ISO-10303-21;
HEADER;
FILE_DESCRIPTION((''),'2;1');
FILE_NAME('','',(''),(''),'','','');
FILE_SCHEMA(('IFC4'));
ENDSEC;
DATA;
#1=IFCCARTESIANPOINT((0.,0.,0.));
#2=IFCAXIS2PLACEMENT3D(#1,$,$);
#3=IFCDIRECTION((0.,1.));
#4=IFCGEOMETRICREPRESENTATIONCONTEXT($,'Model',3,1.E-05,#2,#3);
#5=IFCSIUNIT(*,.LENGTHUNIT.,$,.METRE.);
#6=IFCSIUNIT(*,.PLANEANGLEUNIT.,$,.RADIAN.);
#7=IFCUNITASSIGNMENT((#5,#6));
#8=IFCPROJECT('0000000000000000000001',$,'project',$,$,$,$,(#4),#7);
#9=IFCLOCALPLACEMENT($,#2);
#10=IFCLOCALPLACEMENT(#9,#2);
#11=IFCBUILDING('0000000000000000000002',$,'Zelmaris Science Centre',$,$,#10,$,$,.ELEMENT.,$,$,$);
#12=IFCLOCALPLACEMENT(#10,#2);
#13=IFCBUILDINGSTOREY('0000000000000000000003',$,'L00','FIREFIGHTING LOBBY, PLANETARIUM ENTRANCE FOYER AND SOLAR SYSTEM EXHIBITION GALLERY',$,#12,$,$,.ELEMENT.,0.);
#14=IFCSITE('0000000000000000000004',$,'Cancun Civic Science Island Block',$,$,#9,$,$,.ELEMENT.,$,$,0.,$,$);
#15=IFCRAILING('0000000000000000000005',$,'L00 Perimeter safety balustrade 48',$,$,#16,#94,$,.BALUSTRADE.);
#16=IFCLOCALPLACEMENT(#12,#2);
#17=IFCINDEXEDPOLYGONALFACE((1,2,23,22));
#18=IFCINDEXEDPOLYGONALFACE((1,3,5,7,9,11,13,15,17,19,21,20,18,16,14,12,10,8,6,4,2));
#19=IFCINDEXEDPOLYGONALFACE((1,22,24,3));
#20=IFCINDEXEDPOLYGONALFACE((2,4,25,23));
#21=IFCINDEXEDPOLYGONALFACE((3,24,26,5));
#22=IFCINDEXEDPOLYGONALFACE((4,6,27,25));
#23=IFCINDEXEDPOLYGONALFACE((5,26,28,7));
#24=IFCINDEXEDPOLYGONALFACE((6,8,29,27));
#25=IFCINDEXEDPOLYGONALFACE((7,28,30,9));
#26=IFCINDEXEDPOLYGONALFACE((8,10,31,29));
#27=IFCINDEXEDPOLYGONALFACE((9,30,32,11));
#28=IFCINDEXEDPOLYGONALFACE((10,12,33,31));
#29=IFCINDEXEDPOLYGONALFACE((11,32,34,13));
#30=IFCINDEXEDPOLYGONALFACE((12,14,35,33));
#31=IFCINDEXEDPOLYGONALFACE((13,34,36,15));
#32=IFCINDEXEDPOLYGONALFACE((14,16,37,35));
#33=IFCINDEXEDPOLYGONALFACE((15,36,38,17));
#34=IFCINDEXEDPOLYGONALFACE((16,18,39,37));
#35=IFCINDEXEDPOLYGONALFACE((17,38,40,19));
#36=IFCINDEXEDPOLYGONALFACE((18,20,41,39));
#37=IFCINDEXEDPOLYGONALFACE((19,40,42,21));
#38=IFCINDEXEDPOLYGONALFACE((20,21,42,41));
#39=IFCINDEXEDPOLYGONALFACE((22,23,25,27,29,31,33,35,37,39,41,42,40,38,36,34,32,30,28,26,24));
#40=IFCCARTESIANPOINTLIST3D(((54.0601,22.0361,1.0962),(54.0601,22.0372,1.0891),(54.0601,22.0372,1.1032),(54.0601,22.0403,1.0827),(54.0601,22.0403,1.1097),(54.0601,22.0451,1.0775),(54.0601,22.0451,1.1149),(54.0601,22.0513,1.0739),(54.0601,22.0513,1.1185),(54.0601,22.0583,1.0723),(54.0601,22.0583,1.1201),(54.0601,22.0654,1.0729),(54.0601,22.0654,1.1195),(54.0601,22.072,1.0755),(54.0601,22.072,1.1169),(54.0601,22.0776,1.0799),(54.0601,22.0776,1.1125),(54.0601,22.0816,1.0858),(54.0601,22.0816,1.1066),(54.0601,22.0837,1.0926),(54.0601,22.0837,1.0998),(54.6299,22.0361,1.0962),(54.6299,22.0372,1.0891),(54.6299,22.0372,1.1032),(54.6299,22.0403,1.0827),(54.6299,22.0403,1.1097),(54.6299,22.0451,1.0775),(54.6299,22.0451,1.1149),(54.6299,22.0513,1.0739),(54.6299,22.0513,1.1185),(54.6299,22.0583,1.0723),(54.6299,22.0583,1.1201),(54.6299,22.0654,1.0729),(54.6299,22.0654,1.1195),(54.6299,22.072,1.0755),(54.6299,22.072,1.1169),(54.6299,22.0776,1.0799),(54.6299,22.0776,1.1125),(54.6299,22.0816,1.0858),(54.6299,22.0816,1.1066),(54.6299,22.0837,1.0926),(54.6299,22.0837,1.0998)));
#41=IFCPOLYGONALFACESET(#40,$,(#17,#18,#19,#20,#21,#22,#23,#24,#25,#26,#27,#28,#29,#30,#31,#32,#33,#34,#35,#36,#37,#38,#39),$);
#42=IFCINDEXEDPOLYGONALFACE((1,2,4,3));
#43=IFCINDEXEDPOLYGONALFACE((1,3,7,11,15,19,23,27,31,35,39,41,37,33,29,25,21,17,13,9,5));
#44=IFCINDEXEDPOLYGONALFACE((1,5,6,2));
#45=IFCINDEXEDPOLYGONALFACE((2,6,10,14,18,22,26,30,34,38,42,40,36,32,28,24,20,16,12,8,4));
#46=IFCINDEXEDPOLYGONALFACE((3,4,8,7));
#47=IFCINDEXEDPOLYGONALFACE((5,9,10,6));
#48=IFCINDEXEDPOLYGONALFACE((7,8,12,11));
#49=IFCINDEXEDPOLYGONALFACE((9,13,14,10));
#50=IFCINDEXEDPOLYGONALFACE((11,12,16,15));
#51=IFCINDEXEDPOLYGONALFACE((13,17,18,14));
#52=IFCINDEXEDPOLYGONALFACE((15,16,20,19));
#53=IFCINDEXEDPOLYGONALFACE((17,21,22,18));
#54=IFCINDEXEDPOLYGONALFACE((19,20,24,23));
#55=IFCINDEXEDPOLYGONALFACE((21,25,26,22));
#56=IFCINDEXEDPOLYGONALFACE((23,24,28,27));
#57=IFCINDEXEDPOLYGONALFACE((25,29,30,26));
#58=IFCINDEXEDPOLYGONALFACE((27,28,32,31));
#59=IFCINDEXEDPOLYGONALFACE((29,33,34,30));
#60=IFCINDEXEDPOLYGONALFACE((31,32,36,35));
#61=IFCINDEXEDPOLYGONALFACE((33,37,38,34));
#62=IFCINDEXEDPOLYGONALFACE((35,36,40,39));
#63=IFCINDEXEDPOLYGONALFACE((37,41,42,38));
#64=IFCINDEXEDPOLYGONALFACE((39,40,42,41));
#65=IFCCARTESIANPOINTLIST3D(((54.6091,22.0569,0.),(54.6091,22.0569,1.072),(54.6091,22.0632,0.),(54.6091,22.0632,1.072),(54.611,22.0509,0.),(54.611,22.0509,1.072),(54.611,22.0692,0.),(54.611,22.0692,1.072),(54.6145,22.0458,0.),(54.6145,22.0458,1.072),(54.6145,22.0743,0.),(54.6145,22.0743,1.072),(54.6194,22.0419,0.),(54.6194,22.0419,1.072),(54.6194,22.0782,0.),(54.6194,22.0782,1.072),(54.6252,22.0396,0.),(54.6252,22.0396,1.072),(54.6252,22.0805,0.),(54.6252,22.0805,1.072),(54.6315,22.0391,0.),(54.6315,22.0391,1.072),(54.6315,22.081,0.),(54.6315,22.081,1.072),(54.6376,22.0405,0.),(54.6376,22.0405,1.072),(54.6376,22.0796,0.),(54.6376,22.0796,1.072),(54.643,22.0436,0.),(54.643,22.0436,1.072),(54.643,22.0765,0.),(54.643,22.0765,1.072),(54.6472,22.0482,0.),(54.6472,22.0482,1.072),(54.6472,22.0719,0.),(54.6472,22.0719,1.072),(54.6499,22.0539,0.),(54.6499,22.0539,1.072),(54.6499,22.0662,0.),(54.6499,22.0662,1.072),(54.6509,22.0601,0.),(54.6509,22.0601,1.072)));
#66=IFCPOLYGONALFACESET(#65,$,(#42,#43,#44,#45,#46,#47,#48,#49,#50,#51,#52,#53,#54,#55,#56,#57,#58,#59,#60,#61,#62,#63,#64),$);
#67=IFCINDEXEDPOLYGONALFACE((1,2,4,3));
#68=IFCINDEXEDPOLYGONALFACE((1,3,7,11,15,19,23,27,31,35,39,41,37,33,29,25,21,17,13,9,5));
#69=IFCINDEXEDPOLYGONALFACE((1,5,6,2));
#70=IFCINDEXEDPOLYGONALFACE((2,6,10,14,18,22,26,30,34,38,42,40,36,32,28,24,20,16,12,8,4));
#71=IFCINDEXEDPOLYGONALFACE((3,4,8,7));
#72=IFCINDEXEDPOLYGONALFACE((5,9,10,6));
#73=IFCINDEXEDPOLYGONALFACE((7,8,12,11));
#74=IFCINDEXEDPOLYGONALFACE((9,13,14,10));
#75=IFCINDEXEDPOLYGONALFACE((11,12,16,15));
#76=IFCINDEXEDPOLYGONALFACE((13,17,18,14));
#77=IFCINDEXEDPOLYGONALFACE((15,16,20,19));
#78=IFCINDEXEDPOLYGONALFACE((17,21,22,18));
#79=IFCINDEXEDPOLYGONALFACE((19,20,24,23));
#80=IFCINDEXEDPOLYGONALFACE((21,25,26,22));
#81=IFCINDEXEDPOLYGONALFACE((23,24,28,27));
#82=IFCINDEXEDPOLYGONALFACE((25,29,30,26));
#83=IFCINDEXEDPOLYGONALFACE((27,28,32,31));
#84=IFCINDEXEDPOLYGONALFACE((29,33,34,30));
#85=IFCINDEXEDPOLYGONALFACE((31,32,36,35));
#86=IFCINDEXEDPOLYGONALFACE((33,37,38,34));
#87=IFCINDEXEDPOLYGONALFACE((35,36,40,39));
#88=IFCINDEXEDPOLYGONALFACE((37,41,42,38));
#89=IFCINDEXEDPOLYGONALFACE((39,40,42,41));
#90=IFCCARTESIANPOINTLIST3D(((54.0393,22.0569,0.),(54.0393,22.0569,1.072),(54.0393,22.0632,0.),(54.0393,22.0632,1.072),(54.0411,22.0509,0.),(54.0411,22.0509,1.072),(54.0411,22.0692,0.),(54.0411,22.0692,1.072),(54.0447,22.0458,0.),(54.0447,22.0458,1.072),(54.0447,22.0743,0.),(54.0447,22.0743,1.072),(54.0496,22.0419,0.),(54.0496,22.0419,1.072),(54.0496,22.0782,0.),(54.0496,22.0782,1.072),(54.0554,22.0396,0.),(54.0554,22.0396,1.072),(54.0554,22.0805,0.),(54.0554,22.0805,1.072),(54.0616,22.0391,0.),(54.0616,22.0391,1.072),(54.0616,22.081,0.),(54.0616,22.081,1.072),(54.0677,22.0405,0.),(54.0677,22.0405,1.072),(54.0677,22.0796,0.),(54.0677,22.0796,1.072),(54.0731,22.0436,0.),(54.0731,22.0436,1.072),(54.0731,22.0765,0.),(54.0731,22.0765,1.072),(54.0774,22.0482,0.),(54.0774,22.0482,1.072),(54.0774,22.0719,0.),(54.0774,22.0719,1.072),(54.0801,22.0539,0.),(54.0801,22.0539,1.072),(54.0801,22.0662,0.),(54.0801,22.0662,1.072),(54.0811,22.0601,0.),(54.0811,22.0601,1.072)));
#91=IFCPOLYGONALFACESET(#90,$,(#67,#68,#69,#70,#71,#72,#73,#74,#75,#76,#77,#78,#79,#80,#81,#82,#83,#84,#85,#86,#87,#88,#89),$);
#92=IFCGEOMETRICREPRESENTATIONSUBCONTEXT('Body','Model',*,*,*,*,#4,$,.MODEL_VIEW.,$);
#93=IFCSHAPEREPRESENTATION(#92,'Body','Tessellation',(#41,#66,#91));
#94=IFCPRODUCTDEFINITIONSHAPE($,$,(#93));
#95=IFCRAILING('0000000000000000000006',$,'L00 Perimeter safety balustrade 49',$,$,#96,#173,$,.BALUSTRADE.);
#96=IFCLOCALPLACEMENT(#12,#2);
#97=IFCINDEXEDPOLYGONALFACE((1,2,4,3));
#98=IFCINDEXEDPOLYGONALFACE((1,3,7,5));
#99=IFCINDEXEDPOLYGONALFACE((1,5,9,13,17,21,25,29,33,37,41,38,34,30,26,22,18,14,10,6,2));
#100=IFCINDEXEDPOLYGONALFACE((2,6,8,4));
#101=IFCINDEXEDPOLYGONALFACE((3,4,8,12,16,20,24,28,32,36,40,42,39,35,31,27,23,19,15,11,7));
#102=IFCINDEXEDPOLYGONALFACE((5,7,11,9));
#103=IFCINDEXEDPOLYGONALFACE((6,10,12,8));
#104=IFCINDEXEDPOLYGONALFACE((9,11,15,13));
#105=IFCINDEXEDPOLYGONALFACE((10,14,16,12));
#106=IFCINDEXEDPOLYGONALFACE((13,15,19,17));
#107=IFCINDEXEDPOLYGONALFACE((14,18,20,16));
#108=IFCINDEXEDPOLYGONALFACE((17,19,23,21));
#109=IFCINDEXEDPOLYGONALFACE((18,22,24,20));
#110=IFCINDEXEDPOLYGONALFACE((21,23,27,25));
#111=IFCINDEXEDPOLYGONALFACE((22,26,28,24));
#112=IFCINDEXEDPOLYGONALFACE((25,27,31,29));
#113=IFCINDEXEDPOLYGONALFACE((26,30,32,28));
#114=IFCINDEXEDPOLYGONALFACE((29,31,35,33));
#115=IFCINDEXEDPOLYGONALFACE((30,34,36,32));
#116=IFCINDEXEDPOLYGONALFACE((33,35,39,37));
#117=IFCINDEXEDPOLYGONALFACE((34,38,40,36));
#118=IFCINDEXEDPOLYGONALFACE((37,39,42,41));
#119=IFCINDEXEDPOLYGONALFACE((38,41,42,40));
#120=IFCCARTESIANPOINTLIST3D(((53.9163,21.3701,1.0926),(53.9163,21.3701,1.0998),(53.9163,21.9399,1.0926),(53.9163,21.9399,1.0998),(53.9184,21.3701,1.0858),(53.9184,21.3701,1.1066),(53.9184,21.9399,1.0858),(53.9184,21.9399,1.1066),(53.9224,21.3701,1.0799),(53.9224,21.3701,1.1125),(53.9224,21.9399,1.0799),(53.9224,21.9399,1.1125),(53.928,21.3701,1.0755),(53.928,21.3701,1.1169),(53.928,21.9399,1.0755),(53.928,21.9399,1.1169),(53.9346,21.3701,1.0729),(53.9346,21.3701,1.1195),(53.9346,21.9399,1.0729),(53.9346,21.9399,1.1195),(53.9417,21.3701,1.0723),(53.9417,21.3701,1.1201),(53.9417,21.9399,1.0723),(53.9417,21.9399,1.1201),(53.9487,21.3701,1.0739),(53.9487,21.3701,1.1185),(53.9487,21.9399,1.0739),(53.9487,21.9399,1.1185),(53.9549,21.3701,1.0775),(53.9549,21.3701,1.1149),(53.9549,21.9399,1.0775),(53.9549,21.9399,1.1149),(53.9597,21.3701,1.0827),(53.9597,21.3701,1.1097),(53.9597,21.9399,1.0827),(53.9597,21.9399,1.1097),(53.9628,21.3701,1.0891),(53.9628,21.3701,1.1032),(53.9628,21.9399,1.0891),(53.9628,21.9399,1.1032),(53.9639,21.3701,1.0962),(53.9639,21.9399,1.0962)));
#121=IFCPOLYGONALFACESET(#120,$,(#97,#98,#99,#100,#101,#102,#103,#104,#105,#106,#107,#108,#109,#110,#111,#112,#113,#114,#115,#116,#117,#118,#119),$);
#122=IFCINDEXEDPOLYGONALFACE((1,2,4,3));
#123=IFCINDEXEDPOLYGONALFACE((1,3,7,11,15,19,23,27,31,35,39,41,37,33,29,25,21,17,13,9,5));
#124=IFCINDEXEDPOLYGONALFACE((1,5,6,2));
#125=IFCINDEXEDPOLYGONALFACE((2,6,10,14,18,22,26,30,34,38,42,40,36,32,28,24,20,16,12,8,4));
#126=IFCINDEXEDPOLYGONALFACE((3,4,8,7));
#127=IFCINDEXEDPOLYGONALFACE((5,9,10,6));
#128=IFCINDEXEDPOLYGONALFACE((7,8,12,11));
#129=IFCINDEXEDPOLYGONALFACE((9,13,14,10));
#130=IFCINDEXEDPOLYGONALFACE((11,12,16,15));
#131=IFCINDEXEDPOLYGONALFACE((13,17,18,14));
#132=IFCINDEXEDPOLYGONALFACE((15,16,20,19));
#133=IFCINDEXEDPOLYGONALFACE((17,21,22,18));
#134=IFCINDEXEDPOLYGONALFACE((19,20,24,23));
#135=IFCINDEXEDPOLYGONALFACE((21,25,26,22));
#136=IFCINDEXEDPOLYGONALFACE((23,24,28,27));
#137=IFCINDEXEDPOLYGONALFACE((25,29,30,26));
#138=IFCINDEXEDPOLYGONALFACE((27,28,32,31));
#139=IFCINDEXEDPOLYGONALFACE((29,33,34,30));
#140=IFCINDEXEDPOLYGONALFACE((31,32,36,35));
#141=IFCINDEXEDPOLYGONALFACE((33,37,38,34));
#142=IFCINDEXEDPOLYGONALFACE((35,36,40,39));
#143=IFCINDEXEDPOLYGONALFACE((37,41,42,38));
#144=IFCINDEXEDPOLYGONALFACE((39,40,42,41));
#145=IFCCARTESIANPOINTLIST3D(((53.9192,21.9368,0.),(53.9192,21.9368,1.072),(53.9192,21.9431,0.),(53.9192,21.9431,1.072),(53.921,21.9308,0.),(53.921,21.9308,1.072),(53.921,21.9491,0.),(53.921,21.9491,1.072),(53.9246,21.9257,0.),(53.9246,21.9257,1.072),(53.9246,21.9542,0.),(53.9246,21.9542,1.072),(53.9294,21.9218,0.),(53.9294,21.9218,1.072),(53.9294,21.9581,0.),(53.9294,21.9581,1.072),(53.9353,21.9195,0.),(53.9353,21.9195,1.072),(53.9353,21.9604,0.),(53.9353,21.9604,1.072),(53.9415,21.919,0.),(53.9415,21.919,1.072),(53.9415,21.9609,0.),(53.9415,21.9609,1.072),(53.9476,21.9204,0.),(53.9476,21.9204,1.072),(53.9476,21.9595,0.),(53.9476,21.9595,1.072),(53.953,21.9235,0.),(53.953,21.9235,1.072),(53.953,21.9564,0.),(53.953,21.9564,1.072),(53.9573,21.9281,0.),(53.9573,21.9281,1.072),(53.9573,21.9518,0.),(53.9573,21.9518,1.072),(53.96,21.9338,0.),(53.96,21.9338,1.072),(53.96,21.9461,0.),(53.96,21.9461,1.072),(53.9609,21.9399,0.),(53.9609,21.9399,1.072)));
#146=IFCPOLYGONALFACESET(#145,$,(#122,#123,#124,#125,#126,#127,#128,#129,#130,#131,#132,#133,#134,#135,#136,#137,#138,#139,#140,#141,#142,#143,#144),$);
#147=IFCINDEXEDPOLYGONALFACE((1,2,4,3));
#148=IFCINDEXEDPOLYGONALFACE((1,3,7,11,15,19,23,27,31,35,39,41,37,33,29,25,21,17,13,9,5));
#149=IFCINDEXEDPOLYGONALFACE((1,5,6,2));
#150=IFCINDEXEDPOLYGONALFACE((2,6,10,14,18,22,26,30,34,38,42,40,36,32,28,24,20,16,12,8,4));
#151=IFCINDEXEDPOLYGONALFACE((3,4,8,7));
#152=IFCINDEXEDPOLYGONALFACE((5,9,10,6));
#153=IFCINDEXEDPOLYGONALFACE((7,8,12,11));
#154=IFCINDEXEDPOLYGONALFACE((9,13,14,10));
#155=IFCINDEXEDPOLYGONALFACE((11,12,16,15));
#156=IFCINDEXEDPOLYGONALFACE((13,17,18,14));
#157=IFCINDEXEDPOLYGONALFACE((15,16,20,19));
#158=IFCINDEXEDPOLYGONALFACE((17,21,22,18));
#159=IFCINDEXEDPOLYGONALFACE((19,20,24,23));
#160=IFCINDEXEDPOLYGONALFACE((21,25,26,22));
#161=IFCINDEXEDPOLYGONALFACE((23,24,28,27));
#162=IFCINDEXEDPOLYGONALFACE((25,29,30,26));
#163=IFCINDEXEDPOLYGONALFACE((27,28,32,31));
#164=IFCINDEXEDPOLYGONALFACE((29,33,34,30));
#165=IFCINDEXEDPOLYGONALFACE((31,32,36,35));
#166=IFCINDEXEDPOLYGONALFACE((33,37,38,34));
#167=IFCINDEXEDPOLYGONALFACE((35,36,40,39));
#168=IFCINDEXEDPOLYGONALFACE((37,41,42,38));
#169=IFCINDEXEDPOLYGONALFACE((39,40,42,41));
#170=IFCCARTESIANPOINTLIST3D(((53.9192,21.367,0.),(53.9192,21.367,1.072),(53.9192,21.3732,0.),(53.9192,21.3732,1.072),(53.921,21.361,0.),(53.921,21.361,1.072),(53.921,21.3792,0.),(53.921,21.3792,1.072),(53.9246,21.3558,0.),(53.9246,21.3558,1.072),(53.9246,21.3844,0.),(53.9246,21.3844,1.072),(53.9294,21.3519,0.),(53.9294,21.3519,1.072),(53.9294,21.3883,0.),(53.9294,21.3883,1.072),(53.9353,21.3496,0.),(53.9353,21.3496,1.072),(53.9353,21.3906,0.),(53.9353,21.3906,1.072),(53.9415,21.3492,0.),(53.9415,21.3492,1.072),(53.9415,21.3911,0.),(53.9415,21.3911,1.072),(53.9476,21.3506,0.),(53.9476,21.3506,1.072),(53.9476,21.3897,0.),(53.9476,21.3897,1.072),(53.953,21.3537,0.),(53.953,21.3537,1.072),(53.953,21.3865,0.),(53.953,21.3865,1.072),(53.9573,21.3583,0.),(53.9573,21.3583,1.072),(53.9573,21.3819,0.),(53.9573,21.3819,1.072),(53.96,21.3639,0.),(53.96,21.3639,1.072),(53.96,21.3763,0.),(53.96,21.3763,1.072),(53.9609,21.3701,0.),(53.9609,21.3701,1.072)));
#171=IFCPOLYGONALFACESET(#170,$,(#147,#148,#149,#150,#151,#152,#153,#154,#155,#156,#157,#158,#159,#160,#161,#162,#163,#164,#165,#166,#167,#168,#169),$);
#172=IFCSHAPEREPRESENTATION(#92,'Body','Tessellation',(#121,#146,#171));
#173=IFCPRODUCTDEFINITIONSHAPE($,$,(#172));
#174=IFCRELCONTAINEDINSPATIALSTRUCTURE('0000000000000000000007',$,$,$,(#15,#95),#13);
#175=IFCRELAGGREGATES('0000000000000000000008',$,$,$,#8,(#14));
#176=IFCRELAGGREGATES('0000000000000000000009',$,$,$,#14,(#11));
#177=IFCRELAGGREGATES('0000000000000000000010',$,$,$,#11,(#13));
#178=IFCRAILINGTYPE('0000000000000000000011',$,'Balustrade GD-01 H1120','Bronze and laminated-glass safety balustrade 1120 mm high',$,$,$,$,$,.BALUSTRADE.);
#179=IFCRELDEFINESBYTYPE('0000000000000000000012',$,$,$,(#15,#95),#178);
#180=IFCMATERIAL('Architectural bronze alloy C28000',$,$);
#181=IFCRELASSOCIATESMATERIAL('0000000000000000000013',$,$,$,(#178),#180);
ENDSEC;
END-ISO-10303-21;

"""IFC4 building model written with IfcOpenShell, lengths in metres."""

from ifc_helpers import new_model, si_unit, direction, frame, origin, origin_2d, place, context, subcontext, project, spatial, circle, extrude, material, type_object, element, save


model = new_model("IFC4")

# Units and contexts
model_context = context("Model", 3, precision=1e-05, world=origin(), true_north=direction((0.0, 1.0)))
body_context = subcontext(model_context, "Body", "Model", "MODEL_VIEW")
ifc_project = project(units=[si_unit("LENGTHUNIT", "METRE"), si_unit("PLANEANGLEUNIT", "RADIAN")], contexts=[model_context])

# Site, building, storey
site_placement = place(None, origin())
site = spatial("IfcSite", under=ifc_project, at=site_placement, Name="Cancun Civic Science Island Block", CompositionType="ELEMENT", RefElevation=0.0)
building_placement = place(site_placement, origin())
building = spatial("IfcBuilding", under=site, at=building_placement, Name="Zelmaris Science Centre", CompositionType="ELEMENT")
storey_placement = place(building_placement, origin())
storey = spatial("IfcBuildingStorey", under=building, at=storey_placement, Name="L00", Description="FIREFIGHTING LOBBY, PLANETARIUM ENTRANCE FOYER AND SOLAR SYSTEM EXHIBITION GALLERY", CompositionType="ELEMENT", Elevation=0.0)

# Railings
ifc_material_1 = material(Name="Architectural bronze alloy C28000")
railing_type = type_object("IfcRailingType", Name="Balustrade GD-01 H1120", Description="Bronze and laminated-glass safety balustrade 1120 mm high", PredefinedType="BALUSTRADE", material=ifc_material_1)
railing_1_placement = place(storey_placement, frame((54.6299, 22.0601, 0.0)))
element("IfcRailing", 1, at=railing_1_placement, inside=storey, type_object=railing_type, Name="L00 Perimeter safety balustrade 48", PredefinedType="BALUSTRADE", context=body_context, shape_type="SweptSolid", body=[
    extrude(circle(Radius=0.0239, at=origin_2d()), frame((0.0, 0.0, 1.0962), z_axis=(-1.0, 0.0, 0.0), x_axis=(0.0, -1.0, 0.0)), (0.0, 0.0, 1.0), 0.5698),
    extrude(circle(Radius=0.021, at=origin_2d()), origin(), (0.0, 0.0, 1.0), 1.072),
    extrude(circle(Radius=0.021, at=origin_2d()), frame((-0.5698, 0.0, 0.0)), (0.0, 0.0, 1.0), 1.072),
])
railing_2_placement = place(storey_placement, frame((53.9399, 21.9399, 0.0)))
element("IfcRailing", 2, at=railing_2_placement, inside=storey, type_object=railing_type, Name="L00 Perimeter safety balustrade 49", PredefinedType="BALUSTRADE", context=body_context, shape_type="SweptSolid", body=[
    extrude(circle(Radius=0.0239, at=origin_2d()), frame((0.0, 0.0, 1.0962), z_axis=(0.0, -1.0, 0.0), x_axis=(1.0, 0.0, 0.0)), (0.0, 0.0, 1.0), 0.5698),
    extrude(circle(Radius=0.021, at=origin_2d()), origin(), (0.0, 0.0, 1.0), 1.072),
    extrude(circle(Radius=0.021, at=origin_2d()), frame((0.0, -0.5698, 0.0)), (0.0, 0.0, 1.0), 1.072),
])

save(model, "model.ifc")
